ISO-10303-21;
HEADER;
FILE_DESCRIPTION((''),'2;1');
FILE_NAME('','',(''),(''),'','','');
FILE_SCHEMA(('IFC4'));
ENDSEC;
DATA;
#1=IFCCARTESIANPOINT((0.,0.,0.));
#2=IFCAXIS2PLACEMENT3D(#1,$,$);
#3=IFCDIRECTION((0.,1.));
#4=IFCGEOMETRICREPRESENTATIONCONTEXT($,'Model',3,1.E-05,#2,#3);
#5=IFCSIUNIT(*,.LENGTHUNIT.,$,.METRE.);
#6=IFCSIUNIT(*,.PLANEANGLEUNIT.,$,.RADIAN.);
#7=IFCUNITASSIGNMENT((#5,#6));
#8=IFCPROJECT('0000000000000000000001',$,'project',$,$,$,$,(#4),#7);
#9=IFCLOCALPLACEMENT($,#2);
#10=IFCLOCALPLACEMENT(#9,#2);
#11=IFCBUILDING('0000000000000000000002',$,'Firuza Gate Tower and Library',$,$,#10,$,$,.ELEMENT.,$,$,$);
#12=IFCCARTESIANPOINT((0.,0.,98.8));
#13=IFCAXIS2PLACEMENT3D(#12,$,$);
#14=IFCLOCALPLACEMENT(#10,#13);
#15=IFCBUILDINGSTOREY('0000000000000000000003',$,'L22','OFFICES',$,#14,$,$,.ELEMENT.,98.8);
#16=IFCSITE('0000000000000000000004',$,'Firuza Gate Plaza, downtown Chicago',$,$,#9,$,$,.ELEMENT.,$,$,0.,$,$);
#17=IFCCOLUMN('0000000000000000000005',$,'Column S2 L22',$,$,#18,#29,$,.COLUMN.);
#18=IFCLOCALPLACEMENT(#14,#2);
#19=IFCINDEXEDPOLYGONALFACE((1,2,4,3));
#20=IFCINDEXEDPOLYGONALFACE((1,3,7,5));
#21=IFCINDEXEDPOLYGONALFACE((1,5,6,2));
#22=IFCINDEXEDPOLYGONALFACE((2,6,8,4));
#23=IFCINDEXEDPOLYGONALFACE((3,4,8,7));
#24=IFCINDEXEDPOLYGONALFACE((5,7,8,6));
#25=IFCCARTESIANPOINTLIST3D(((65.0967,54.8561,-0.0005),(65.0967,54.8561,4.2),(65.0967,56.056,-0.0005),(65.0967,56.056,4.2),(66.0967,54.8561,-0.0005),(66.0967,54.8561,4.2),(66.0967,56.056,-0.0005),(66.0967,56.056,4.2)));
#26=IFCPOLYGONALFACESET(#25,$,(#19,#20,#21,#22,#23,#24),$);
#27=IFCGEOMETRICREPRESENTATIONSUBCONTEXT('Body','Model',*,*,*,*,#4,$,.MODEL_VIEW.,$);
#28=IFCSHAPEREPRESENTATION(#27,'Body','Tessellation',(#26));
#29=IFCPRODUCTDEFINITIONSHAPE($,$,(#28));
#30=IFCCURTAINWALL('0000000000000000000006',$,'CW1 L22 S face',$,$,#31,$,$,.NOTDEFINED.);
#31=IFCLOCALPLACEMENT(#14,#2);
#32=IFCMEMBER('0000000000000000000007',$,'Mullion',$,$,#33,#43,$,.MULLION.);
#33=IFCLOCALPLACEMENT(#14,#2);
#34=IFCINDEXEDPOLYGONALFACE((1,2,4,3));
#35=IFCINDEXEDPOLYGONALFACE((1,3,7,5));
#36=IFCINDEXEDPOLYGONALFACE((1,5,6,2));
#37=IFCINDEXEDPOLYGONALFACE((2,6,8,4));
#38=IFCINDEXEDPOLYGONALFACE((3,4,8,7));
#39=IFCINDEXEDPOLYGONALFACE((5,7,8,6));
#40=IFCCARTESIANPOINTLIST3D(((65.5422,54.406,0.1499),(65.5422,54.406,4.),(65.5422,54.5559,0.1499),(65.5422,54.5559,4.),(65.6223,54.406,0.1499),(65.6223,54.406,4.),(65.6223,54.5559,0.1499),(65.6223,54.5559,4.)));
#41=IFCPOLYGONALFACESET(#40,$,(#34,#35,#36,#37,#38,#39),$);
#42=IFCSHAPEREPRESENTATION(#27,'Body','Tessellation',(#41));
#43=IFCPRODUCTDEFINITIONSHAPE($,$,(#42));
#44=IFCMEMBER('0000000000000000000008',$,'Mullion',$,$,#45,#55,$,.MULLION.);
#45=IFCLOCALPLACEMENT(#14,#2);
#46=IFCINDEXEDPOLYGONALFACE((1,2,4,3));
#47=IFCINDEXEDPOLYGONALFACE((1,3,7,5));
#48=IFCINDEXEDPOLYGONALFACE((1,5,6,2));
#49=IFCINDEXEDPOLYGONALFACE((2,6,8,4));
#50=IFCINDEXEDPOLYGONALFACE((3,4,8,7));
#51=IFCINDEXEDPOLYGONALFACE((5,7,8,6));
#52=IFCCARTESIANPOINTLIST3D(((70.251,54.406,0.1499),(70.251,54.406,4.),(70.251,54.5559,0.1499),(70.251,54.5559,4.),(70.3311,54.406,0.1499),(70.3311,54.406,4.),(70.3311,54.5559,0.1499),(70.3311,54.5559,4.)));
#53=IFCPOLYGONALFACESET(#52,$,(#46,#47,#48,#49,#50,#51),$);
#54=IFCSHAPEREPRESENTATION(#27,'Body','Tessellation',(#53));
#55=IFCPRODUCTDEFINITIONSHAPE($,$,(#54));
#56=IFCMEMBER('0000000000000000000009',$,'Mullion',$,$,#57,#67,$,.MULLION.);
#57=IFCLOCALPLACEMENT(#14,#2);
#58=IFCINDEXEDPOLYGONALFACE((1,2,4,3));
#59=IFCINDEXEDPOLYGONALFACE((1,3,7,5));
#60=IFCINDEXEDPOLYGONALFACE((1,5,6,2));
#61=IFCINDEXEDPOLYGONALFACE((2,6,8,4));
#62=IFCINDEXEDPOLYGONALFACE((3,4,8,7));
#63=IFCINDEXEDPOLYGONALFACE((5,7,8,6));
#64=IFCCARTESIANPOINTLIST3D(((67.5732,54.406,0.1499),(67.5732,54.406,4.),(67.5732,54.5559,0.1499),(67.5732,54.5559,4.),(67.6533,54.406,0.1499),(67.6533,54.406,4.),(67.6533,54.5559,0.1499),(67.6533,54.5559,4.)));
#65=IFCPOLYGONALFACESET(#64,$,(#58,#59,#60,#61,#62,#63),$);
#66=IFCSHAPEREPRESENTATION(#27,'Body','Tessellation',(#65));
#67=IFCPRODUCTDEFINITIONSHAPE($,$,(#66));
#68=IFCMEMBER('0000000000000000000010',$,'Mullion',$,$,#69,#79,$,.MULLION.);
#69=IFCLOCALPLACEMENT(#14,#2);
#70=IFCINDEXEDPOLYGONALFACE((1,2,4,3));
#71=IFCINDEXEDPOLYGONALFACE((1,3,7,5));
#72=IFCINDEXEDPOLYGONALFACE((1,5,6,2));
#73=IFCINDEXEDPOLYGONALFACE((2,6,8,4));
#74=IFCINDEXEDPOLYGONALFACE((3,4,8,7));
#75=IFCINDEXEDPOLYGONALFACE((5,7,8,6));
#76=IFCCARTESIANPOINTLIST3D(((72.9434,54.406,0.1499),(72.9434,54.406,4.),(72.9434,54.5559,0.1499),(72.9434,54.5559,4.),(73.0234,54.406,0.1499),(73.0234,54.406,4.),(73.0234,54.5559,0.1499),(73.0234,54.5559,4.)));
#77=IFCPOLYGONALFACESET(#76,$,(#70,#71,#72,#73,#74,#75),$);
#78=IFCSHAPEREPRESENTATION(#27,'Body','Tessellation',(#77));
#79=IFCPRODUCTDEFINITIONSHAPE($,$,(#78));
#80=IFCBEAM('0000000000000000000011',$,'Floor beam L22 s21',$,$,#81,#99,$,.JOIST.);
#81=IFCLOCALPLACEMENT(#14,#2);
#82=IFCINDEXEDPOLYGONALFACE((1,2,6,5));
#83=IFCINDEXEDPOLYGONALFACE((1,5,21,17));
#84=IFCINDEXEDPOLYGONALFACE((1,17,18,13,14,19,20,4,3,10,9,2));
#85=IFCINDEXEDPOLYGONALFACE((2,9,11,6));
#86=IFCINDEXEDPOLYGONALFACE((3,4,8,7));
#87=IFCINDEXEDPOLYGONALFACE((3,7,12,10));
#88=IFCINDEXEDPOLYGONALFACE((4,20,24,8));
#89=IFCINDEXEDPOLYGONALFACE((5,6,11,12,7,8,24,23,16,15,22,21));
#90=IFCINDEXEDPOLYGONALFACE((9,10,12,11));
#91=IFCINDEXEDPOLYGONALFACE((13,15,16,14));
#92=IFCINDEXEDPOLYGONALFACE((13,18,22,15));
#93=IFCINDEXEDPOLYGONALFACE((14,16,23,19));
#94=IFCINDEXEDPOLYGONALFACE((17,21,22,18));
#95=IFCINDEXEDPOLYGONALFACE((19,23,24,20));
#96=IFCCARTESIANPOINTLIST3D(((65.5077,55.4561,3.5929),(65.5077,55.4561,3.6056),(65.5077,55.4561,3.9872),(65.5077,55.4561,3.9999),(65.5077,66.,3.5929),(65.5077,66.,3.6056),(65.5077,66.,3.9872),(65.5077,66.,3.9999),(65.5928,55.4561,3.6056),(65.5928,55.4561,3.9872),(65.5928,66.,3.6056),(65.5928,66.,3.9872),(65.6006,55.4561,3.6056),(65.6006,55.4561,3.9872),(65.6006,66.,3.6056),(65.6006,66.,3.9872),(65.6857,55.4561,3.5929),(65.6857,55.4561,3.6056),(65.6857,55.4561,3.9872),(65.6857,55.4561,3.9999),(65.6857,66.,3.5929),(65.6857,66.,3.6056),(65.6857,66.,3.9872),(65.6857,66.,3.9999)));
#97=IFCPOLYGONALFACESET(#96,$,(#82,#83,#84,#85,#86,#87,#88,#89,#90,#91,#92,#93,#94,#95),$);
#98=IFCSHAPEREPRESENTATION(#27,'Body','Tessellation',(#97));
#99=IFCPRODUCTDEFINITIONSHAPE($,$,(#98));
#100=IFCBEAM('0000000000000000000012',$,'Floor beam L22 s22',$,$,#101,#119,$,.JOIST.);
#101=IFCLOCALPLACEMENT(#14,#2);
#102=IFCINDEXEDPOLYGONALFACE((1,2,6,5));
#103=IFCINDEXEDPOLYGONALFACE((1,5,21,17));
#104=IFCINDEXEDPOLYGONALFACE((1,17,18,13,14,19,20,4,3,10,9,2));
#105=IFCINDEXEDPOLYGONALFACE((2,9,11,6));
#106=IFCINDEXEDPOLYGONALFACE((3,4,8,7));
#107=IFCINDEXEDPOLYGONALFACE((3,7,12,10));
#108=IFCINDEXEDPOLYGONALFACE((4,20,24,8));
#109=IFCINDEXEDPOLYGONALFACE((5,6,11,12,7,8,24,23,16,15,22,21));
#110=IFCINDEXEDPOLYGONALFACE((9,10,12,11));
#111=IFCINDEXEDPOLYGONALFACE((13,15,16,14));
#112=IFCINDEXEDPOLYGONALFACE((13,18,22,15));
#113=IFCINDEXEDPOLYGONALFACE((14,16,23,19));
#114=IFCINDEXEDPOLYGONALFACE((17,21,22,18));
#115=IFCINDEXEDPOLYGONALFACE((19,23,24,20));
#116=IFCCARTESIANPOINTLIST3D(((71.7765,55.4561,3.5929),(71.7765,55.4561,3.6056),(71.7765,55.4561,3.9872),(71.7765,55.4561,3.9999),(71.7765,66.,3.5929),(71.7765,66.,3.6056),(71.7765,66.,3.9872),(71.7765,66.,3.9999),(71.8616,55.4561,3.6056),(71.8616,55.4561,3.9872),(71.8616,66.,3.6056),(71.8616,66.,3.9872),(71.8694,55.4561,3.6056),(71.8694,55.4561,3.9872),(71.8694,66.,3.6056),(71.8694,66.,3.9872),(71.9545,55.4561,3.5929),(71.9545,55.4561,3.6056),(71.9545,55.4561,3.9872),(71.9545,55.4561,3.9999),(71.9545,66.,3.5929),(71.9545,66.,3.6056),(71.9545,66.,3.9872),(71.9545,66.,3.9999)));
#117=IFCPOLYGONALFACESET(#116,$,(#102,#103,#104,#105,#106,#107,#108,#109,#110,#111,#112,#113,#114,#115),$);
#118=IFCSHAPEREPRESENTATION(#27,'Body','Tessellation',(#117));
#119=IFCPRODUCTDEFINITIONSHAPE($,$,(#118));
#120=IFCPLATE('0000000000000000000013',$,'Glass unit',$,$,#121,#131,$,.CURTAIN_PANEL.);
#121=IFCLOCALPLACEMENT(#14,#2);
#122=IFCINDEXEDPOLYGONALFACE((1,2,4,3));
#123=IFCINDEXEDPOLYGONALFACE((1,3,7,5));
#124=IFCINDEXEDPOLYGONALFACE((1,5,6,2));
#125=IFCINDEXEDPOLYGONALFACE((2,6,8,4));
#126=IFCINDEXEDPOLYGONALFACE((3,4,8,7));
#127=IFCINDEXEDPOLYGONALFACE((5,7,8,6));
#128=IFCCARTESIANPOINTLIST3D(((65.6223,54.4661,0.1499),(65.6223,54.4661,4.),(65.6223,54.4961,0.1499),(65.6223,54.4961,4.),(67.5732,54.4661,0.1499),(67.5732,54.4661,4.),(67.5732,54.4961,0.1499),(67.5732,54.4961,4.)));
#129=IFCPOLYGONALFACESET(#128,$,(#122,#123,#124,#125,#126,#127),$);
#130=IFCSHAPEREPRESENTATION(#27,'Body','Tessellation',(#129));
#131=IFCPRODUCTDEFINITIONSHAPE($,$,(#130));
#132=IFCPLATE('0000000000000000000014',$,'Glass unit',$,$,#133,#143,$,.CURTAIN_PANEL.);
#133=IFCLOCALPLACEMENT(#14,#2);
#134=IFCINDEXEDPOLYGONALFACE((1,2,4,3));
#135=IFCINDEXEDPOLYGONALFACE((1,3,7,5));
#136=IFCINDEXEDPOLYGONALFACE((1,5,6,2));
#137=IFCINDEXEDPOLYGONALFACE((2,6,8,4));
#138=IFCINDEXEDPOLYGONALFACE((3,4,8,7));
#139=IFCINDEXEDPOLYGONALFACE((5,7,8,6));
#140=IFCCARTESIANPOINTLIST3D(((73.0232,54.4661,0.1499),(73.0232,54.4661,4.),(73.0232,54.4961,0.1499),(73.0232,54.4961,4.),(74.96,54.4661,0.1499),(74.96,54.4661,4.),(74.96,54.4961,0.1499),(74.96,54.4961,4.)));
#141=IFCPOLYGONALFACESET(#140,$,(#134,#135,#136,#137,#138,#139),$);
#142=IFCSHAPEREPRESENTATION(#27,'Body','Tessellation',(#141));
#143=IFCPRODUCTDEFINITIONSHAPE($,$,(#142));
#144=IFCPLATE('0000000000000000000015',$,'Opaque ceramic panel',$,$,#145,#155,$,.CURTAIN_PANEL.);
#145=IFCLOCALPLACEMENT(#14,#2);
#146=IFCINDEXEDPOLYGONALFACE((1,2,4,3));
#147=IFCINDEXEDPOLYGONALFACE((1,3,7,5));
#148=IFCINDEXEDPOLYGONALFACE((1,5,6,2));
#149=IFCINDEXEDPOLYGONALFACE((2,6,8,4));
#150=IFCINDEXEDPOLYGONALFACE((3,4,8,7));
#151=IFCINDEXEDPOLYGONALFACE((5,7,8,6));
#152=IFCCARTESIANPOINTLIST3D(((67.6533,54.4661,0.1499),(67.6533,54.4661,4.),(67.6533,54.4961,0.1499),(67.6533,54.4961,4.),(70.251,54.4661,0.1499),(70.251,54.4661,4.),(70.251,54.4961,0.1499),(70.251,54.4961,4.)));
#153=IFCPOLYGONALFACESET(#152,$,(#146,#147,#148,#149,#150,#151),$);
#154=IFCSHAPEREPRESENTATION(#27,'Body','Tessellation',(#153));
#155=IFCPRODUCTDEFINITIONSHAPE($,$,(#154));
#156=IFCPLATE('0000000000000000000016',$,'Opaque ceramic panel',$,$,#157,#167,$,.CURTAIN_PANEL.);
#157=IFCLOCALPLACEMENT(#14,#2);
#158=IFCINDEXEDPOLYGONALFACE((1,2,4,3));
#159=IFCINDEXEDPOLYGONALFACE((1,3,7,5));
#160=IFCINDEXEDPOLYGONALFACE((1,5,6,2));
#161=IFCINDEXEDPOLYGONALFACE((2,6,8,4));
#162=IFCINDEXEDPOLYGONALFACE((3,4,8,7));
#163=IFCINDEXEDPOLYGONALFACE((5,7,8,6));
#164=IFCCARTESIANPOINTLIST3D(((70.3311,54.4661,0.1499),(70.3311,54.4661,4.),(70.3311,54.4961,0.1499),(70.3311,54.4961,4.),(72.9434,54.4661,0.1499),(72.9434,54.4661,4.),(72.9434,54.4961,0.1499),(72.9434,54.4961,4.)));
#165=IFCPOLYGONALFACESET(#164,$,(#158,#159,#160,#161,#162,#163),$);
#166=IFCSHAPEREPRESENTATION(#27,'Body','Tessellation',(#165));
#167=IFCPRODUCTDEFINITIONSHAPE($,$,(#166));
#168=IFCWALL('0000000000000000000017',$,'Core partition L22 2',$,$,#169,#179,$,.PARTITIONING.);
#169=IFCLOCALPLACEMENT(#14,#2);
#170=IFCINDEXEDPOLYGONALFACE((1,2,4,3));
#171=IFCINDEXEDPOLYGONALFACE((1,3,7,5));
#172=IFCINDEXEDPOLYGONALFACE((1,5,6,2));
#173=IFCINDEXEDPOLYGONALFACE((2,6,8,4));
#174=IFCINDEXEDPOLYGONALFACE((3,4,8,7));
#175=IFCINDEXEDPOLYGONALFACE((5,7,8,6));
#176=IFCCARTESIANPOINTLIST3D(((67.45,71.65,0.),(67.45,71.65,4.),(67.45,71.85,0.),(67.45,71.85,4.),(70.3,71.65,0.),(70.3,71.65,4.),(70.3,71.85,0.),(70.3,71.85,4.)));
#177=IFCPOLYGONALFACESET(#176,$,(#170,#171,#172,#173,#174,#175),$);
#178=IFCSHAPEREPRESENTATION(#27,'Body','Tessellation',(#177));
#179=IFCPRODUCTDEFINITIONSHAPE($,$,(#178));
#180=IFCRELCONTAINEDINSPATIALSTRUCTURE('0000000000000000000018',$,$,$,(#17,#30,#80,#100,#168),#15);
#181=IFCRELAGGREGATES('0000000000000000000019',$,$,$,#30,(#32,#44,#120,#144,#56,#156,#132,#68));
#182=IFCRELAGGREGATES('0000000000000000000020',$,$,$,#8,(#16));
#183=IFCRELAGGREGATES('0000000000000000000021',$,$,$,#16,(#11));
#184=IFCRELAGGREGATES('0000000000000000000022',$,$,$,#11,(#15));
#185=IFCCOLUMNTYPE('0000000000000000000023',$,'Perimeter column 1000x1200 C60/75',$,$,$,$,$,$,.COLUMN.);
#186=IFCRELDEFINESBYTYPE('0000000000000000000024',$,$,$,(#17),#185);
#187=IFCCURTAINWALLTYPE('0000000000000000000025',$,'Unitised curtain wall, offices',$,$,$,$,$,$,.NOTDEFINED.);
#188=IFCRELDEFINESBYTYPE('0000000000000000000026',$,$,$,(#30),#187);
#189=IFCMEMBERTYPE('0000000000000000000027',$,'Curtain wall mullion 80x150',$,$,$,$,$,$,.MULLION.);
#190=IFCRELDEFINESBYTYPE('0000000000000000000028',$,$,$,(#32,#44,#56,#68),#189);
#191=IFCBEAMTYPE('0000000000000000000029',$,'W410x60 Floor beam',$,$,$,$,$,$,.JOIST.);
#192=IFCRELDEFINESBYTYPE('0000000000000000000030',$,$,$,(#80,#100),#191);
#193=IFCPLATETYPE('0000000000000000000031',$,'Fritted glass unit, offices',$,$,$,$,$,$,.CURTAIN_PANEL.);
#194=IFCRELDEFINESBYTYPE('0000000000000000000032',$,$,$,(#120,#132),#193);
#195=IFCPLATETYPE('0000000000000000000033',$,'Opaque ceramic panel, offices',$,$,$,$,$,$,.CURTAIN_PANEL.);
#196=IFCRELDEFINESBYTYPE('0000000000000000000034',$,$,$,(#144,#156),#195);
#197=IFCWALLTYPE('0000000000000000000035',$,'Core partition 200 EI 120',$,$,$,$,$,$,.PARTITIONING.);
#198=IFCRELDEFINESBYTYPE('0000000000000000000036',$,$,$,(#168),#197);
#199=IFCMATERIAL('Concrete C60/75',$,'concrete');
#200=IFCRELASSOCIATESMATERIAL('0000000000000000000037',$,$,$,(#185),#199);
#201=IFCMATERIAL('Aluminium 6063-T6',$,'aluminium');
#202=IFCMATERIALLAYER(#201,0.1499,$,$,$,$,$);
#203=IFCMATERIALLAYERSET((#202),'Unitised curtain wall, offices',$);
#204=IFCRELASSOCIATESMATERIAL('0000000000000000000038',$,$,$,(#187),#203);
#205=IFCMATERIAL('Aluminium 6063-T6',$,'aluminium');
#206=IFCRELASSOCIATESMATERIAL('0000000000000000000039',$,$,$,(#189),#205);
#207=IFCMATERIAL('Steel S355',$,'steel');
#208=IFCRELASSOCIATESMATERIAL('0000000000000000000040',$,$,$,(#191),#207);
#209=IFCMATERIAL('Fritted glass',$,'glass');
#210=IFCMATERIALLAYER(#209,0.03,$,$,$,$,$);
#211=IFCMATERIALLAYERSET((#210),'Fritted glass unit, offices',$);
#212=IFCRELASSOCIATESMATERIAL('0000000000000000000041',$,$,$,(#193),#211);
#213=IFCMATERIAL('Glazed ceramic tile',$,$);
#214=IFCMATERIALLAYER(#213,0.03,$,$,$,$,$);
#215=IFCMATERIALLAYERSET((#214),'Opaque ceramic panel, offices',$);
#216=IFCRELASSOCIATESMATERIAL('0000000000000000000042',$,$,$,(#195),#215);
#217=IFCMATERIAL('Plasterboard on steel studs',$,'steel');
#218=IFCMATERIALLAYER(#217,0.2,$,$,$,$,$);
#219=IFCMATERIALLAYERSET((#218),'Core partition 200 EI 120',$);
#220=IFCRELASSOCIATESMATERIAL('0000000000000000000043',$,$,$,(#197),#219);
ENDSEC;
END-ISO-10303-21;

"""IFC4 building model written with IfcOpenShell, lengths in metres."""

from ifc_helpers import new_model, si_unit, direction, frame, frame_2d, origin, origin_2d, place, context, subcontext, project, spatial, polyline, rectangle, i_section, outline, extrude, material, layer, layer_set, material_profile, profile_set, type_object, element, aggregate, save


model = new_model("IFC4")

# Units and contexts
model_context = context("Model", 3, precision=1e-05, world=origin(), true_north=direction((0.0, 1.0)))
body_context = subcontext(model_context, "Body", "Model", "MODEL_VIEW")
ifc_project = project(units=[si_unit("LENGTHUNIT", "METRE"), si_unit("PLANEANGLEUNIT", "RADIAN")], contexts=[model_context])

# Site, building, storey
site_placement = place(None, origin())
site = spatial("IfcSite", under=ifc_project, at=site_placement, Name="Firuza Gate Plaza, downtown Chicago", CompositionType="ELEMENT", RefElevation=0.0)
building_placement = place(site_placement, origin())
building = spatial("IfcBuilding", under=site, at=building_placement, Name="Firuza Gate Tower and Library", CompositionType="ELEMENT")
storey_placement = place(building_placement, frame((0.0, 0.0, 98.8)))
storey = spatial("IfcBuildingStorey", under=building, at=storey_placement, Name="L22", Description="OFFICES", CompositionType="ELEMENT", Elevation=98.8)

# Column
ifc_material_1 = material(Name="Concrete C60/75", Category="concrete")
ifc_material_profile_1 = material_profile(ifc_material_1, rectangle(XDim=1.0, YDim=1.2, at=origin_2d()))
ifc_profile_set_1 = profile_set([ifc_material_profile_1], Name="Concrete C60/75")
column_type = type_object("IfcColumnType", Name="Perimeter column 1000x1200 C60/75", PredefinedType="COLUMN", material=ifc_profile_set_1)
column_placement = place(storey_placement, frame((65.5967, 55.4561, -0.0005), z_axis=(0.0, 0.0, 1.0), x_axis=(1.0, 0.0, 0.0)))
element("IfcColumn", 1, at=column_placement, inside=storey, type_object=column_type, Name="Column S2 L22", PredefinedType="COLUMN", context=body_context, shape_type="SweptSolid", body=[
    extrude(rectangle(XDim=1.0, YDim=1.2, at=origin_2d()), origin(), (0.0, 0.0, 1.0), 4.2004),
])

# Curtain wall, members
ifc_material_2 = material(Name="Aluminium 6063-T6", Category="aluminium")
ifc_layer_1 = layer(ifc_material_2, 0.1499)
ifc_layer_set_1 = layer_set([ifc_layer_1], Name="Unitised curtain wall, offices")
curtain_wall_type = type_object("IfcCurtainWallType", Name="Unitised curtain wall, offices", PredefinedType="NOTDEFINED", material=ifc_layer_set_1)
curtain_wall_placement = place(storey_placement, origin())
curtain_wall = element("IfcCurtainWall", 2, at=curtain_wall_placement, inside=storey, type_object=curtain_wall_type, Name="CW1 L22 S face", PredefinedType="NOTDEFINED")
ifc_material_3 = material(Name="Aluminium 6063-T6", Category="aluminium")
ifc_material_profile_2 = material_profile(ifc_material_3, rectangle(XDim=0.1499, YDim=0.0801, at=origin_2d()))
ifc_profile_set_2 = profile_set([ifc_material_profile_2], Name="Aluminium 6063-T6")
member_type = type_object("IfcMemberType", Name="Curtain wall mullion 80x150", PredefinedType="MULLION", material=ifc_profile_set_2)
member_1_placement = place(storey_placement, frame((65.5823, 54.481, 0.1499), z_axis=(0.0, 0.0, 1.0), x_axis=(0.0, 1.0, 0.0)))
member_1 = element("IfcMember", 3, at=member_1_placement, type_object=member_type, Name="Mullion", PredefinedType="MULLION", context=body_context, shape_type="SweptSolid", body=[
    extrude(rectangle(XDim=0.1499, YDim=0.0801, at=origin_2d()), origin(), (0.0, 0.0, 1.0), 3.8501),
])
member_2_placement = place(storey_placement, frame((70.291, 54.481, 0.1499), z_axis=(0.0, 0.0, 1.0), x_axis=(0.0, 1.0, 0.0)))
member_2 = element("IfcMember", 4, at=member_2_placement, type_object=member_type, Name="Mullion", PredefinedType="MULLION", context=body_context, shape_type="SweptSolid", body=[
    extrude(rectangle(XDim=0.1499, YDim=0.0801, at=origin_2d()), origin(), (0.0, 0.0, 1.0), 3.8501),
])
member_3_placement = place(storey_placement, frame((67.6133, 54.481, 0.1499), z_axis=(0.0, 0.0, 1.0), x_axis=(0.0, 1.0, 0.0)))
member_3 = element("IfcMember", 5, at=member_3_placement, type_object=member_type, Name="Mullion", PredefinedType="MULLION", context=body_context, shape_type="SweptSolid", body=[
    extrude(rectangle(XDim=0.1499, YDim=0.0801, at=origin_2d()), origin(), (0.0, 0.0, 1.0), 3.8501),
])
member_4_placement = place(storey_placement, frame((72.9834, 54.481, 0.1499), z_axis=(0.0, 0.0, 1.0), x_axis=(0.0, 1.0, 0.0)))
member_4 = element("IfcMember", 6, at=member_4_placement, type_object=member_type, Name="Mullion", PredefinedType="MULLION", context=body_context, shape_type="SweptSolid", body=[
    extrude(rectangle(XDim=0.1499, YDim=0.0801, at=origin_2d()), origin(), (0.0, 0.0, 1.0), 3.8501),
])

# Beams
ifc_material_4 = material(Name="Steel S355", Category="steel")
ifc_material_profile_3 = material_profile(ifc_material_4, i_section(OverallWidth=0.178, OverallDepth=0.407, WebThickness=0.0078, FlangeThickness=0.0127, at=origin_2d()))
ifc_profile_set_3 = profile_set([ifc_material_profile_3], Name="Steel S355")
beam_type = type_object("IfcBeamType", Name="W410x60 Floor beam", PredefinedType="JOIST", material=ifc_profile_set_3)
for number, where, z_axis, x_axis, name in (
    (7, (65.5967, 55.4561, 3.7964), (0.0, 1.0, 0.0), (-1.0, 0.0, 0.0), "Floor beam L22 s21"),
    (8, (71.8655, 55.4561, 3.7964), (0.0, 1.0, 0.0), (-1.0, 0.0, 0.0), "Floor beam L22 s22"),
):
    element("IfcBeam", number, at=place(storey_placement, frame(where, z_axis=z_axis, x_axis=x_axis)), inside=storey, type_object=beam_type, Name=name, PredefinedType="JOIST", context=body_context, shape_type="SweptSolid", body=[
        extrude(i_section(OverallWidth=0.178, OverallDepth=0.407, WebThickness=0.0078, FlangeThickness=0.0127, at=origin_2d()), origin(), (0.0, 0.0, 1.0), 10.5439),
    ])

# Plates
ifc_material_5 = material(Name="Fritted glass", Category="glass")
ifc_layer_2 = layer(ifc_material_5, 0.03)
ifc_layer_set_2 = layer_set([ifc_layer_2], Name="Fritted glass unit, offices")
plate_type_1 = type_object("IfcPlateType", Name="Fritted glass unit, offices", PredefinedType="CURTAIN_PANEL", material=ifc_layer_set_2)
plate_1_placement = place(storey_placement, frame((65.6223, 54.4661, 0.1499), z_axis=(0.0, -1.0, 0.0), x_axis=(1.0, 0.0, 0.0)))
plate_1 = element("IfcPlate", 9, at=plate_1_placement, type_object=plate_type_1, Name="Glass unit", PredefinedType="CURTAIN_PANEL", context=body_context, shape_type="SweptSolid", body=[
    extrude(outline(polyline([(0.0, 0.0), (1.9509, 0.0), (1.9509, 3.8501), (0.0, 3.8501), (0.0, 0.0)])), origin(), (0.0, 0.0, -1.0), 0.03),
])
plate_2_placement = place(storey_placement, frame((73.0232, 54.4661, 0.1499), z_axis=(0.0, -1.0, 0.0), x_axis=(1.0, 0.0, 0.0)))
plate_2 = element("IfcPlate", 10, at=plate_2_placement, type_object=plate_type_1, Name="Glass unit", PredefinedType="CURTAIN_PANEL", context=body_context, shape_type="SweptSolid", body=[
    extrude(outline(polyline([(0.0, 0.0), (1.9368, 0.0), (1.9368, 3.8501), (0.0, 3.8501), (0.0, 0.0)])), origin(), (0.0, 0.0, -1.0), 0.03),
])
ifc_material_6 = material(Name="Glazed ceramic tile")
ifc_layer_3 = layer(ifc_material_6, 0.03)
ifc_layer_set_3 = layer_set([ifc_layer_3], Name="Opaque ceramic panel, offices")
plate_type_2 = type_object("IfcPlateType", Name="Opaque ceramic panel, offices", PredefinedType="CURTAIN_PANEL", material=ifc_layer_set_3)
plate_3_placement = place(storey_placement, frame((67.6533, 54.4661, 0.1499), z_axis=(0.0, -1.0, 0.0), x_axis=(1.0, 0.0, 0.0)))
plate_3 = element("IfcPlate", 11, at=plate_3_placement, type_object=plate_type_2, Name="Opaque ceramic panel", PredefinedType="CURTAIN_PANEL", context=body_context, shape_type="SweptSolid", body=[
    extrude(outline(polyline([(0.0, 0.0), (2.5977, 0.0), (2.5977, 3.8501), (0.0, 3.8501), (0.0, 0.0)])), origin(), (0.0, 0.0, -1.0), 0.03),
])
plate_4_placement = place(storey_placement, frame((70.3311, 54.4661, 0.1499), z_axis=(0.0, -1.0, 0.0), x_axis=(1.0, 0.0, 0.0)))
plate_4 = element("IfcPlate", 12, at=plate_4_placement, type_object=plate_type_2, Name="Opaque ceramic panel", PredefinedType="CURTAIN_PANEL", context=body_context, shape_type="SweptSolid", body=[
    extrude(outline(polyline([(0.0, 0.0), (2.6123, 0.0), (2.6123, 3.8501), (0.0, 3.8501), (0.0, 0.0)])), origin(), (0.0, 0.0, -1.0), 0.03),
])
aggregate(curtain_wall, [member_1, member_2, plate_1, plate_3, member_3, plate_4, plate_2, member_4])

# Wall
ifc_material_7 = material(Name="Plasterboard on steel studs", Category="steel")
ifc_layer_4 = layer(ifc_material_7, 0.2)
ifc_layer_set_4 = layer_set([ifc_layer_4], Name="Core partition 200 EI 120")
wall_type_1 = type_object("IfcWallType", Name="Core partition 200 EI 120", PredefinedType="PARTITIONING", material=ifc_layer_set_4)
wall_1_placement = place(storey_placement, frame((67.45, 71.75, 0.0), z_axis=(0.0, 0.0, 1.0), x_axis=(1.0, 0.0, 0.0)))
element("IfcWall", 13, at=wall_1_placement, inside=storey, type_object=wall_type_1, Name="Core partition L22 2", PredefinedType="PARTITIONING", context=body_context, shape_type="SweptSolid", body=[
    extrude(rectangle(XDim=2.8501, YDim=0.2, at=frame_2d((1.425, 0.0))), origin(), (0.0, 0.0, 1.0), 4.0),
])

save(model, "model.ifc")
